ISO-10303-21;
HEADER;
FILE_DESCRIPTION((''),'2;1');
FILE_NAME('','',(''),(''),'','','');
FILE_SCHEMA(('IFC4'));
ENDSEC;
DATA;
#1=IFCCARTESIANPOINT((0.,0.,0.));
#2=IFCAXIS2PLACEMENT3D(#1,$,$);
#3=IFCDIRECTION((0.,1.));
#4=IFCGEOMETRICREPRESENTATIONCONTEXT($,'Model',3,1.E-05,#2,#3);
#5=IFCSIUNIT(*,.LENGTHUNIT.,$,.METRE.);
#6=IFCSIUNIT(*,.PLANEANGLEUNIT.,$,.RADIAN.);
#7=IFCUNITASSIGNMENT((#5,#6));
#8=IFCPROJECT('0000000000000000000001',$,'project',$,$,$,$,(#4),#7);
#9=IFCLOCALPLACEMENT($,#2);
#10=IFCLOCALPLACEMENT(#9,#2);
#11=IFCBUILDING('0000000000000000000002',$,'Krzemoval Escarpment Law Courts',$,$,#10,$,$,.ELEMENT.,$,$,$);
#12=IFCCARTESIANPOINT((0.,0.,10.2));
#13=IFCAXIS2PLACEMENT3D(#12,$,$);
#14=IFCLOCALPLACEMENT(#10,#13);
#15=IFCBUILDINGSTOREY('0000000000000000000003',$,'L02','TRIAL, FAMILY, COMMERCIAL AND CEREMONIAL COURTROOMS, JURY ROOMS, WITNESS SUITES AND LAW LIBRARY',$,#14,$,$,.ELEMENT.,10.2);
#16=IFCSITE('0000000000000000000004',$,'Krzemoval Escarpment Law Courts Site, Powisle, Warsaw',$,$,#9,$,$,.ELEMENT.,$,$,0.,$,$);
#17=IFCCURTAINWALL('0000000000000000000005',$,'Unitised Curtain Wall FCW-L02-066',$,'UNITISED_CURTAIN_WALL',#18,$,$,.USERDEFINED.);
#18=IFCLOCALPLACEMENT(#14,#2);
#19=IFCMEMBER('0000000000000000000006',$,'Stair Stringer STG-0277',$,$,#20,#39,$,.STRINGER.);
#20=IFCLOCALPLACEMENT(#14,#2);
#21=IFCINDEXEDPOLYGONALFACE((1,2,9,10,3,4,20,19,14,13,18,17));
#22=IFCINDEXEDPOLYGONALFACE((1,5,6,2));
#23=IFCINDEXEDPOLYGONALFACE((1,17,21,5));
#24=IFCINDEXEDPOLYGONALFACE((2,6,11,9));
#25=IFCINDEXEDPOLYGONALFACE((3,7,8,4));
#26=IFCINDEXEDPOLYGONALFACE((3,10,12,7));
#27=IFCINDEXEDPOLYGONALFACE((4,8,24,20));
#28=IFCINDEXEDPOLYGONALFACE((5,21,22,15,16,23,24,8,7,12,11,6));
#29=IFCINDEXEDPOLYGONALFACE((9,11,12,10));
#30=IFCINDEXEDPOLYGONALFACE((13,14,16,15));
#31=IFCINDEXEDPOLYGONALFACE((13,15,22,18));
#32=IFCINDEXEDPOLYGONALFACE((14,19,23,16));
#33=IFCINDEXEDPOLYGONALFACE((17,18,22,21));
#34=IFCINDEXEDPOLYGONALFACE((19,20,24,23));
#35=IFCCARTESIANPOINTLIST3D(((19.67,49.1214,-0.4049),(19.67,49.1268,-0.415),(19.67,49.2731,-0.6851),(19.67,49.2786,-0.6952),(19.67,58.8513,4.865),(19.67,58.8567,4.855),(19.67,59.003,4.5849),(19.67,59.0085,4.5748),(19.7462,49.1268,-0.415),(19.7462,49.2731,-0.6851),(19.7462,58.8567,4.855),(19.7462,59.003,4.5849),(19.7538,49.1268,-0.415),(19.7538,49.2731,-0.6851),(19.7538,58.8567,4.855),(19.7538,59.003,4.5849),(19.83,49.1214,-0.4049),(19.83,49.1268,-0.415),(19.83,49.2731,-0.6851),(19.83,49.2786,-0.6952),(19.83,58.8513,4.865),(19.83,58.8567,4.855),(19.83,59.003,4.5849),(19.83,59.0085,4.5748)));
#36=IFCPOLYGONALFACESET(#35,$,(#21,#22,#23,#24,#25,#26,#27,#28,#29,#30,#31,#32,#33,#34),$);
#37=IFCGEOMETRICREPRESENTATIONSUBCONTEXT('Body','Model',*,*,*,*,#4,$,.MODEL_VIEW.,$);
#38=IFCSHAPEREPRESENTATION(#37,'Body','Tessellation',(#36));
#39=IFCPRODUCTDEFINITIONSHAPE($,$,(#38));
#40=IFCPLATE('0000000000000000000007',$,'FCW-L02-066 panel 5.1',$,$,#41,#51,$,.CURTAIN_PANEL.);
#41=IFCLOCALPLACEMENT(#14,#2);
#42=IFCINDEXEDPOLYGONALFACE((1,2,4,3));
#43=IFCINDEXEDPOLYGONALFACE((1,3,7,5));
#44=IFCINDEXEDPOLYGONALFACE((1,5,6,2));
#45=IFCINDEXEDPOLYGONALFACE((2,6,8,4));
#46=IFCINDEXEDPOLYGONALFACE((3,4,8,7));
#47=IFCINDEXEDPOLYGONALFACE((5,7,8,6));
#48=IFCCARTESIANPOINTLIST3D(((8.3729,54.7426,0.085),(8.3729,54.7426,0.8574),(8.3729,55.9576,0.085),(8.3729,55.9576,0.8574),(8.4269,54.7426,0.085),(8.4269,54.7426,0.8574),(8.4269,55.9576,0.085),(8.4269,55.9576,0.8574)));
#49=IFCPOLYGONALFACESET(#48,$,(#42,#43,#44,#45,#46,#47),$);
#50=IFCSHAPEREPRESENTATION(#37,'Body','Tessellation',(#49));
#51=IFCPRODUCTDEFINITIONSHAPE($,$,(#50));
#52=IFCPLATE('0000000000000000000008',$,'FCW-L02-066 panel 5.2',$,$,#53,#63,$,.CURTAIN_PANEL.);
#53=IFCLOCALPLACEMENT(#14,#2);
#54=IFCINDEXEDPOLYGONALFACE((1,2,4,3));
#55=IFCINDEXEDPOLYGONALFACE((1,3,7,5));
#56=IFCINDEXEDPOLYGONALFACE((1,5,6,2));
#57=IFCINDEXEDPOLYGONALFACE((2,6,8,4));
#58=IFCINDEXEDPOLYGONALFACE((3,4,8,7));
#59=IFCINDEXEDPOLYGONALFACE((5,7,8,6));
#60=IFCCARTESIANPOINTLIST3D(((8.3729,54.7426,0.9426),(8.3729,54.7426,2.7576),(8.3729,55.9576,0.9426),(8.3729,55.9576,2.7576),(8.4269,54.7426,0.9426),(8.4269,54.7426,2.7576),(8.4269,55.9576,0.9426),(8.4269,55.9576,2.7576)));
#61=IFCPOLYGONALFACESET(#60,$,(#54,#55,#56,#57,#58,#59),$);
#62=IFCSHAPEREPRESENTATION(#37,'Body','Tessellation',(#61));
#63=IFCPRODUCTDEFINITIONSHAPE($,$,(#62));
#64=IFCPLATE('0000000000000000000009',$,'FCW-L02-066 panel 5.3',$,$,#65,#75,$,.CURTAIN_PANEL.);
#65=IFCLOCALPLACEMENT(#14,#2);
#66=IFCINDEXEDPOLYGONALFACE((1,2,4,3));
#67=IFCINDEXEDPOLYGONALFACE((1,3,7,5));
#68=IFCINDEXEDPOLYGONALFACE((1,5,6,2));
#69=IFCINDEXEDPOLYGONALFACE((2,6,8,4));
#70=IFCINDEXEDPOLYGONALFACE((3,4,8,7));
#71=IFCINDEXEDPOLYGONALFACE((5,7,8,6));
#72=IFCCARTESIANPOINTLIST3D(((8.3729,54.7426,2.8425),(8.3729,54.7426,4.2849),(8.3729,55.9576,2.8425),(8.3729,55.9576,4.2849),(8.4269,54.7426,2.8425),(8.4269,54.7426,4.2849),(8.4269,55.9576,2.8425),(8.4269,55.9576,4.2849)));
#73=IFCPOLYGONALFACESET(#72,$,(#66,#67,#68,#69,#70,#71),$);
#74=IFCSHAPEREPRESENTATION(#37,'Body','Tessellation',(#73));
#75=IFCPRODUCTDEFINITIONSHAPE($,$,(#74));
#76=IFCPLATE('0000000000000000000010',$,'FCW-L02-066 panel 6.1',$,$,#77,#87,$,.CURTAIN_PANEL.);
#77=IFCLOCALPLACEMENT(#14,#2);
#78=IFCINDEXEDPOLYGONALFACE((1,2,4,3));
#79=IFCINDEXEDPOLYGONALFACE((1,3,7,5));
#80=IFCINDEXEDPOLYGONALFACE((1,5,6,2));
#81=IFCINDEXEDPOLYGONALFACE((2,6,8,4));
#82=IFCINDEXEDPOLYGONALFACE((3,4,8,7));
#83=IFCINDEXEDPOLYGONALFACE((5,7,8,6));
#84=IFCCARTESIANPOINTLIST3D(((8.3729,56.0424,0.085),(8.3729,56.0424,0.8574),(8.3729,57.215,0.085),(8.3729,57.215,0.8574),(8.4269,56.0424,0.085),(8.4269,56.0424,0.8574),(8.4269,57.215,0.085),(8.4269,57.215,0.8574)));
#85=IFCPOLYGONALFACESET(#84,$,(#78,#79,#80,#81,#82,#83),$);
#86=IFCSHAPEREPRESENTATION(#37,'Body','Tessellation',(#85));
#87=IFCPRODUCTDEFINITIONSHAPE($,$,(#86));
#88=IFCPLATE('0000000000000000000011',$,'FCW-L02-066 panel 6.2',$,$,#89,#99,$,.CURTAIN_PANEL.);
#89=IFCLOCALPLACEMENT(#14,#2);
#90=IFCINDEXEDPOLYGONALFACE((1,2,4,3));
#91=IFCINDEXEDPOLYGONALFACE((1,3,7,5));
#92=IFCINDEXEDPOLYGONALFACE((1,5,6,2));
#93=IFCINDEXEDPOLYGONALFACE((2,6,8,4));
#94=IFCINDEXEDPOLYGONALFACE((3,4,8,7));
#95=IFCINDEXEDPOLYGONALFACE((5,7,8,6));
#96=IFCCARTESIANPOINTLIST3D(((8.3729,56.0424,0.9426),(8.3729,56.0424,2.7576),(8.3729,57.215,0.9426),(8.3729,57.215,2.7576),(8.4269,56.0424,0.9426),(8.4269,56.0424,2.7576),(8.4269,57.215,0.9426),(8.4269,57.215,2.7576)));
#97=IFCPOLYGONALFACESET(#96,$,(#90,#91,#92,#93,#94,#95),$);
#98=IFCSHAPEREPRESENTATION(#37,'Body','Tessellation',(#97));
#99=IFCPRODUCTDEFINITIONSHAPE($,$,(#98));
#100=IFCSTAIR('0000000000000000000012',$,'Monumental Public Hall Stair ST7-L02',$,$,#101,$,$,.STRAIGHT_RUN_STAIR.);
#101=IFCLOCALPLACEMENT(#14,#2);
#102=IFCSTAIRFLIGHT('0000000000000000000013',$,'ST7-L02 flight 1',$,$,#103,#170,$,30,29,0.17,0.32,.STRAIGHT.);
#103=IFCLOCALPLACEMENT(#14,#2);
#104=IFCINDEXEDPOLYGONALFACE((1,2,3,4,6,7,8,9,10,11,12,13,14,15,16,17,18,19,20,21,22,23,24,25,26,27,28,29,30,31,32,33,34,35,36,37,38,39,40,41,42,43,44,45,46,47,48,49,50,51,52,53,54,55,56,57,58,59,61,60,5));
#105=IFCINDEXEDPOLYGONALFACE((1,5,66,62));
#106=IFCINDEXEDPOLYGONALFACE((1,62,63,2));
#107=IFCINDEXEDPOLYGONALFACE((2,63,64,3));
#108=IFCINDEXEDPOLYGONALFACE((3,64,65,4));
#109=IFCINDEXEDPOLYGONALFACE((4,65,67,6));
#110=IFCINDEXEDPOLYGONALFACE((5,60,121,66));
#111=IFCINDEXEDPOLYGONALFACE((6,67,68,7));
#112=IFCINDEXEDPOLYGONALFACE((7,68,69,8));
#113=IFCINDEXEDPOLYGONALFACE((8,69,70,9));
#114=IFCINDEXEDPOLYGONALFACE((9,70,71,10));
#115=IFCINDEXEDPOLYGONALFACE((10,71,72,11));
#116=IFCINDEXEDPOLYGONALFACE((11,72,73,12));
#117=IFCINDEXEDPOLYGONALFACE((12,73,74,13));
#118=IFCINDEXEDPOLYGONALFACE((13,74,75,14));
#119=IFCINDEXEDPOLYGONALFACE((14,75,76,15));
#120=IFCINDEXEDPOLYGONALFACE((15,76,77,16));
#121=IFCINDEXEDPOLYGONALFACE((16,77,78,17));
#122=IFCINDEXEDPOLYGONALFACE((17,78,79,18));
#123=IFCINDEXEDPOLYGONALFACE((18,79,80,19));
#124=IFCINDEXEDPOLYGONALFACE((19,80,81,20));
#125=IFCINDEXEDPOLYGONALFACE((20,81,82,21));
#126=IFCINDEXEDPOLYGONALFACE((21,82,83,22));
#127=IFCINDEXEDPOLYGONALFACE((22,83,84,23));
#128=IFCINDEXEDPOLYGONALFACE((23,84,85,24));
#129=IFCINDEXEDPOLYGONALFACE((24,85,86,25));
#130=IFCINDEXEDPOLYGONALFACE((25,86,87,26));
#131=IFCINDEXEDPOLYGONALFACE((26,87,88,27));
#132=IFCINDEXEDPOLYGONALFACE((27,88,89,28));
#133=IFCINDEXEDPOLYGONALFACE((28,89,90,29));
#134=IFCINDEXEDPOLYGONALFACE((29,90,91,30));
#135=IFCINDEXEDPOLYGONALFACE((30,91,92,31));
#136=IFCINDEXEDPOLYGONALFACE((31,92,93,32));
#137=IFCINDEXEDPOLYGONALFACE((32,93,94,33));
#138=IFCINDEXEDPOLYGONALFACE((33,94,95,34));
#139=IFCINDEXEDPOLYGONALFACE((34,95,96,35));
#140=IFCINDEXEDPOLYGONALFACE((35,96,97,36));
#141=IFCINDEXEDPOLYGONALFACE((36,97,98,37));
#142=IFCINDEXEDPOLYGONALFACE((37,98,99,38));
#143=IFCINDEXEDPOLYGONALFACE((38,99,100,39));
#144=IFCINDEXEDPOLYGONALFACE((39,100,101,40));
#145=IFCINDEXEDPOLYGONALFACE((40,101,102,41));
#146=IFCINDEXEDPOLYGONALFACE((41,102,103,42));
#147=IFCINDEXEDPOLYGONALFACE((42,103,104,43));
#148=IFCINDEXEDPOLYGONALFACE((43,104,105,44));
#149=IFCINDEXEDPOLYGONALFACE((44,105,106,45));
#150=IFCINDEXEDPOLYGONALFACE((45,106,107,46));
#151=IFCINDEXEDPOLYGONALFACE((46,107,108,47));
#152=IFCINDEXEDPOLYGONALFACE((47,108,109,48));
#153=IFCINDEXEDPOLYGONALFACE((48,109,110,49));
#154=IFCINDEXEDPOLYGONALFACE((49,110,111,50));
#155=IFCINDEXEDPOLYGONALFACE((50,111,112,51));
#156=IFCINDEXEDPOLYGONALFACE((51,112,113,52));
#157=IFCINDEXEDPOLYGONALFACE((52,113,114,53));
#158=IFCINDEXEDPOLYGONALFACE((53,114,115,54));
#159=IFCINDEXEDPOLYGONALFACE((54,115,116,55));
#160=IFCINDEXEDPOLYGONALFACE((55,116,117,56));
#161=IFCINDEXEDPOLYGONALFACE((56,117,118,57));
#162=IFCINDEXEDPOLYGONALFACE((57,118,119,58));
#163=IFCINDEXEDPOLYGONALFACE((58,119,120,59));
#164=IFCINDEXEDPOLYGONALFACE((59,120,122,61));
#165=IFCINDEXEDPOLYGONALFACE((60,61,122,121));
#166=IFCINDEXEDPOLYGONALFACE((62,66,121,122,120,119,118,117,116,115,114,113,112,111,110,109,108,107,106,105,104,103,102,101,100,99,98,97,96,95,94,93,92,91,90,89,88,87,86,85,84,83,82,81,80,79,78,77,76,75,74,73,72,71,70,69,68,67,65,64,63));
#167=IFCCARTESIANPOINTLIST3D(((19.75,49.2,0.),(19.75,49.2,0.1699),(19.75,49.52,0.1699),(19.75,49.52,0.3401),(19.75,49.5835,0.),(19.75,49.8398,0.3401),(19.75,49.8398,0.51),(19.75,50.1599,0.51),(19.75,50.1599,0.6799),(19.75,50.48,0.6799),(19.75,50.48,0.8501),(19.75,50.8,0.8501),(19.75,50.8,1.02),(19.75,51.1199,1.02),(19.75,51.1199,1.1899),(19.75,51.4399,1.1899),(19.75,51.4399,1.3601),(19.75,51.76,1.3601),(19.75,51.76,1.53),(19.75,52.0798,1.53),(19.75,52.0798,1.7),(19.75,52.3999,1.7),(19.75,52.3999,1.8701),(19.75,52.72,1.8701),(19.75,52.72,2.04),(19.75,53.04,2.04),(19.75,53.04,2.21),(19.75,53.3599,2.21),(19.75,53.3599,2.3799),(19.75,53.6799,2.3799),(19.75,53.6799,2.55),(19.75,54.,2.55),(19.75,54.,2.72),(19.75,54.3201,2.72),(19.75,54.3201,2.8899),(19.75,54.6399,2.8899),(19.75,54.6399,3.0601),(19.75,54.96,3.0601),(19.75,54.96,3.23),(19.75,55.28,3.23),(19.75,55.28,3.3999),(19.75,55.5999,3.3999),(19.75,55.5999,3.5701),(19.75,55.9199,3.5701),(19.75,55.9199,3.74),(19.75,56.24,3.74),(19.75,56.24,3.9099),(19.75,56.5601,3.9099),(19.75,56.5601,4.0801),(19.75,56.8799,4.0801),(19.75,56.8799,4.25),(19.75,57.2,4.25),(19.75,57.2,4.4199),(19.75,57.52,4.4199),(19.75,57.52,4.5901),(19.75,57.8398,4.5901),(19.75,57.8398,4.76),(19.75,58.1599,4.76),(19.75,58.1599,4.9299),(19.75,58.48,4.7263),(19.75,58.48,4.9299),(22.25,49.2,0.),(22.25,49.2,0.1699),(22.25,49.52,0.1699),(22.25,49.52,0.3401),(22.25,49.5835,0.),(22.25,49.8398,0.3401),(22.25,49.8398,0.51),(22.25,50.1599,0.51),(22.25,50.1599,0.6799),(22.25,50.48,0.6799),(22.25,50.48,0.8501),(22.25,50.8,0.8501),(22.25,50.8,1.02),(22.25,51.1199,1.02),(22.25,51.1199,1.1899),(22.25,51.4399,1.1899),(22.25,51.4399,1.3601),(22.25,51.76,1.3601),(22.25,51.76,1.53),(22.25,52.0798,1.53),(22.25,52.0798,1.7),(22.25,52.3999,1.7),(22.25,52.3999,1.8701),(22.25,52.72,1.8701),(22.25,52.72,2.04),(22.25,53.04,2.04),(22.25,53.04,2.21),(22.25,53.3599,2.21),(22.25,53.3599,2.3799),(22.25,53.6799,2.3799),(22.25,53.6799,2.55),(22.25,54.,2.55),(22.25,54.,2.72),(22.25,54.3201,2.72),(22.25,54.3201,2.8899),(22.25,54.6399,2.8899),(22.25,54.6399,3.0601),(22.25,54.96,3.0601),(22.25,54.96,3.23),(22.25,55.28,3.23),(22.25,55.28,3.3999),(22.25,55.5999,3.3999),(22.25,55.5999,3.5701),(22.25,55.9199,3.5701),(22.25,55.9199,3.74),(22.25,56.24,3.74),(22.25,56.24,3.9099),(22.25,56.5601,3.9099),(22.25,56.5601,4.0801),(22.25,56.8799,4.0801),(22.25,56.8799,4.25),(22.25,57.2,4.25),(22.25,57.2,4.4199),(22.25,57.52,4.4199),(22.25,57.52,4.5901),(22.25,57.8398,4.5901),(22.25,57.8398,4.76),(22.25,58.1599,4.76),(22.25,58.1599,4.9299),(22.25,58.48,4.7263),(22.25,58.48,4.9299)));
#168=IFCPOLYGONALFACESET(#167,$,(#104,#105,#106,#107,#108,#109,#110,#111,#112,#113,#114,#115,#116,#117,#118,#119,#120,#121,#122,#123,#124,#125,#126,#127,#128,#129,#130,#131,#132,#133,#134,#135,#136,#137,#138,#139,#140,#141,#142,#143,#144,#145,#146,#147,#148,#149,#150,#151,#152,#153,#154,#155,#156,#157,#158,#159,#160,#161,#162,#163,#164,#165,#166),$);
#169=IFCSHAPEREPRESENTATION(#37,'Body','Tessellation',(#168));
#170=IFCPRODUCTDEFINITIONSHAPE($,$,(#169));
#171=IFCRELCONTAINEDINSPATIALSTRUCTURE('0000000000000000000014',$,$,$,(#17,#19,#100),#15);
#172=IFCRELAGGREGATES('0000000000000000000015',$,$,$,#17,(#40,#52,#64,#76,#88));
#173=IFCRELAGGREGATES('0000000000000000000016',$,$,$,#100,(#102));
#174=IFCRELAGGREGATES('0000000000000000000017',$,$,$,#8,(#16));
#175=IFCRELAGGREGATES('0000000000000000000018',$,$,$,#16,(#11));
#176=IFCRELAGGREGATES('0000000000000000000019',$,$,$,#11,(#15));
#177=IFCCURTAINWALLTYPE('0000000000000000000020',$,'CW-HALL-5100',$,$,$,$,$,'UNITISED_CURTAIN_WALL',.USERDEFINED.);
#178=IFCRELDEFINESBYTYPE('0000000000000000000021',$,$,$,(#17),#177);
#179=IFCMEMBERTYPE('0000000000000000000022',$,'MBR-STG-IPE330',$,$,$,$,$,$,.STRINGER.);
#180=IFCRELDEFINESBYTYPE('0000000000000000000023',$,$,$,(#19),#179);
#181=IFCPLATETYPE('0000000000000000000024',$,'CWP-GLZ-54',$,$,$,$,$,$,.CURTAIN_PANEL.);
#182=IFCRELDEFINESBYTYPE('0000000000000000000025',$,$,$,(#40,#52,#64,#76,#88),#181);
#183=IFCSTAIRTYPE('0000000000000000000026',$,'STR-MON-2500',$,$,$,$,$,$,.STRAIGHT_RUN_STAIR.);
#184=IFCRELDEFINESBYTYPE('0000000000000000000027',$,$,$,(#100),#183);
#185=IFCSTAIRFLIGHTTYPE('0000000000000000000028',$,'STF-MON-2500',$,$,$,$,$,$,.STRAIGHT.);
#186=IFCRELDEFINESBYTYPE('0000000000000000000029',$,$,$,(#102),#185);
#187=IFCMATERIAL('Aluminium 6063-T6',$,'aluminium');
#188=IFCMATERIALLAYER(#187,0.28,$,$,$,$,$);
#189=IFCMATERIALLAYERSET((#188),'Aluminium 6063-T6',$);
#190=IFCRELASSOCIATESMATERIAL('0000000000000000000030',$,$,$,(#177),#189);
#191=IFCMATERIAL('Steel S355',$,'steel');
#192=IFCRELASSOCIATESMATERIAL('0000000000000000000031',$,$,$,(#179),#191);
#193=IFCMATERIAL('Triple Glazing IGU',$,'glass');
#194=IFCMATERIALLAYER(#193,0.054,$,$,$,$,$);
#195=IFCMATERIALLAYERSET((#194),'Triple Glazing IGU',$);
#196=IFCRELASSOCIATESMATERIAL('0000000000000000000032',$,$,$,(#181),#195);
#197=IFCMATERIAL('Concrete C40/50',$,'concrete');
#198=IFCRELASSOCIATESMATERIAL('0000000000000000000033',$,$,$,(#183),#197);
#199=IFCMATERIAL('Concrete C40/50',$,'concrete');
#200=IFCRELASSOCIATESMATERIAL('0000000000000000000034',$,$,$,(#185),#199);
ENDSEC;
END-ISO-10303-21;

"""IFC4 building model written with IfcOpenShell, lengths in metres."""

from ifc_helpers import new_model, si_unit, direction, frame, origin, origin_2d, place, context, subcontext, project, spatial, polyline, rectangle, i_section, outline, extrude, material, layer, layer_set, material_profile, profile_set, type_object, element, aggregate, save


model = new_model("IFC4")

# Units and contexts
model_context = context("Model", 3, precision=1e-05, world=origin(), true_north=direction((0.0, 1.0)))
body_context = subcontext(model_context, "Body", "Model", "MODEL_VIEW")
ifc_project = project(units=[si_unit("LENGTHUNIT", "METRE"), si_unit("PLANEANGLEUNIT", "RADIAN")], contexts=[model_context])

# Site, building, storey
site_placement = place(None, origin())
site = spatial("IfcSite", under=ifc_project, at=site_placement, Name="Krzemoval Escarpment Law Courts Site, Powisle, Warsaw", CompositionType="ELEMENT", RefElevation=0.0)
building_placement = place(site_placement, origin())
building = spatial("IfcBuilding", under=site, at=building_placement, Name="Krzemoval Escarpment Law Courts", CompositionType="ELEMENT")
storey_placement = place(building_placement, frame((0.0, 0.0, 10.2)))
storey = spatial("IfcBuildingStorey", under=building, at=storey_placement, Name="L02", Description="TRIAL, FAMILY, COMMERCIAL AND CEREMONIAL COURTROOMS, JURY ROOMS, WITNESS SUITES AND LAW LIBRARY", CompositionType="ELEMENT", Elevation=10.2)

# Curtain wall
ifc_material_1 = material(Name="Aluminium 6063-T6", Category="aluminium")
ifc_layer_1 = layer(ifc_material_1, 0.28)
ifc_layer_set_1 = layer_set([ifc_layer_1], Name="Aluminium 6063-T6")
curtain_wall_type = type_object("IfcCurtainWallType", Name="CW-HALL-5100", ElementType="UNITISED_CURTAIN_WALL", PredefinedType="USERDEFINED", material=ifc_layer_set_1)
curtain_wall_placement = place(storey_placement, origin())
curtain_wall = element("IfcCurtainWall", 1, at=curtain_wall_placement, inside=storey, type_object=curtain_wall_type, Name="Unitised Curtain Wall FCW-L02-066", ObjectType="UNITISED_CURTAIN_WALL", PredefinedType="USERDEFINED")

# Member
ifc_material_2 = material(Name="Steel S355", Category="steel")
ifc_material_profile_1 = material_profile(ifc_material_2, i_section(OverallWidth=0.1599, OverallDepth=0.3301, WebThickness=0.0076, FlangeThickness=0.0115, at=origin_2d()), Name="IPE 330")
ifc_profile_set_1 = profile_set([ifc_material_profile_1], Name="Steel S355")
member_type_1 = type_object("IfcMemberType", Name="MBR-STG-IPE330", PredefinedType="STRINGER", material=ifc_profile_set_1)
member_1_placement = place(storey_placement, frame((19.75, 49.2, -0.55), z_axis=(0.0, 0.879307, 0.476256), x_axis=(-1.0, 0.0, 0.0)))
element("IfcMember", 2, at=member_1_placement, inside=storey, type_object=member_type_1, Name="Stair Stringer STG-0277", PredefinedType="STRINGER", context=body_context, shape_type="SweptSolid", body=[
    extrude(i_section(OverallWidth=0.1599, OverallDepth=0.3301, WebThickness=0.0076, FlangeThickness=0.0115, at=origin_2d()), origin(), (0.0, 0.0, 1.0), 11.0654),
])

# Plates
ifc_material_3 = material(Name="Triple Glazing IGU", Category="glass")
ifc_layer_2 = layer(ifc_material_3, 0.054)
ifc_layer_set_2 = layer_set([ifc_layer_2], Name="Triple Glazing IGU")
plate_type = type_object("IfcPlateType", Name="CWP-GLZ-54", PredefinedType="CURTAIN_PANEL", material=ifc_layer_set_2)
plate_1_placement = place(storey_placement, frame((8.3999, 55.3501, 0.085), z_axis=(0.0, 0.0, 1.0), x_axis=(0.0, 1.0, 0.0)))
plate_1 = element("IfcPlate", 3, at=plate_1_placement, type_object=plate_type, Name="FCW-L02-066 panel 5.1", PredefinedType="CURTAIN_PANEL", context=body_context, shape_type="SweptSolid", body=[
    extrude(rectangle(XDim=1.2151, YDim=0.054, at=origin_2d()), origin(), (0.0, 0.0, 1.0), 0.7725),
])
plate_2_placement = place(storey_placement, frame((8.3999, 55.3501, 0.9426), z_axis=(0.0, 0.0, 1.0), x_axis=(0.0, 1.0, 0.0)))
plate_2 = element("IfcPlate", 4, at=plate_2_placement, type_object=plate_type, Name="FCW-L02-066 panel 5.2", PredefinedType="CURTAIN_PANEL", context=body_context, shape_type="SweptSolid", body=[
    extrude(rectangle(XDim=1.2151, YDim=0.054, at=origin_2d()), origin(), (0.0, 0.0, 1.0), 1.8149),
])
plate_3_placement = place(storey_placement, frame((8.3999, 55.3501, 2.8425), z_axis=(0.0, 0.0, 1.0), x_axis=(0.0, 1.0, 0.0)))
plate_3 = element("IfcPlate", 5, at=plate_3_placement, type_object=plate_type, Name="FCW-L02-066 panel 5.3", PredefinedType="CURTAIN_PANEL", context=body_context, shape_type="SweptSolid", body=[
    extrude(rectangle(XDim=1.2151, YDim=0.054, at=origin_2d()), origin(), (0.0, 0.0, 1.0), 1.4424),
])
plate_4_placement = place(storey_placement, frame((8.3999, 56.6287, 0.085), z_axis=(0.0, 0.0, 1.0), x_axis=(0.0, 1.0, 0.0)))
plate_4 = element("IfcPlate", 6, at=plate_4_placement, type_object=plate_type, Name="FCW-L02-066 panel 6.1", PredefinedType="CURTAIN_PANEL", context=body_context, shape_type="SweptSolid", body=[
    extrude(rectangle(XDim=1.1726, YDim=0.054, at=origin_2d()), origin(), (0.0, 0.0, 1.0), 0.7725),
])
plate_5_placement = place(storey_placement, frame((8.3999, 56.6287, 0.9426), z_axis=(0.0, 0.0, 1.0), x_axis=(0.0, 1.0, 0.0)))
plate_5 = element("IfcPlate", 7, at=plate_5_placement, type_object=plate_type, Name="FCW-L02-066 panel 6.2", PredefinedType="CURTAIN_PANEL", context=body_context, shape_type="SweptSolid", body=[
    extrude(rectangle(XDim=1.1726, YDim=0.054, at=origin_2d()), origin(), (0.0, 0.0, 1.0), 1.8149),
])
aggregate(curtain_wall, [plate_1, plate_2, plate_3, plate_4, plate_5])

# Stair, stair flight
ifc_material_4 = material(Name="Concrete C40/50", Category="concrete")
stair_type = type_object("IfcStairType", Name="STR-MON-2500", PredefinedType="STRAIGHT_RUN_STAIR", material=ifc_material_4)
stair_placement = place(storey_placement, origin())
stair = element("IfcStair", 8, at=stair_placement, inside=storey, type_object=stair_type, Name="Monumental Public Hall Stair ST7-L02", PredefinedType="STRAIGHT_RUN_STAIR")
ifc_material_5 = material(Name="Concrete C40/50", Category="concrete")
stair_flight_type = type_object("IfcStairFlightType", Name="STF-MON-2500", PredefinedType="STRAIGHT", material=ifc_material_5)
stair_flight_placement = place(storey_placement, frame((21.0, 49.2, 0.0), z_axis=(0.0, 0.0, 1.0), x_axis=(0.0, 1.0, 0.0)))
stair_flight = element("IfcStairFlight", 9, at=stair_flight_placement, type_object=stair_flight_type, Name="ST7-L02 flight 1", NumberOfRisers=30, NumberOfTreads=29, PredefinedType="STRAIGHT", RiserHeight=0.17, TreadLength=0.32, context=body_context, shape_type="SweptSolid", body=[
    extrude(outline(polyline([(0.0, 0.0), (0.0, 0.1699), (0.3201, 0.1699), (0.3201, 0.3401), (0.6399, 0.3401), (0.6399, 0.51), (0.96, 0.51), (0.96, 0.6799), (1.28, 0.6799), (1.28, 0.8501), (1.6001, 0.8501), (1.6001, 1.02), (1.9199, 1.02), (1.9199, 1.1899), (2.24, 1.1899), (2.24, 1.3601), (2.5601, 1.3601), (2.5601, 1.53), (2.8799, 1.53), (2.8799, 1.7), (3.2, 1.7), (3.2, 1.8701), (3.52, 1.8701), (3.52, 2.04), (3.8401, 2.04), (3.8401, 2.21), (4.1599, 2.21), (4.1599, 2.3799), (4.48, 2.3799), (4.48, 2.55), (4.8, 2.55), (4.8, 2.72), (5.1201, 2.72), (5.1201, 2.8899), (5.4399, 2.8899), (5.4399, 3.0601), (5.76, 3.0601), (5.76, 3.23), (6.0801, 3.23), (6.0801, 3.3999), (6.3999, 3.3999), (6.3999, 3.5701), (6.72, 3.5701), (6.72, 3.74), (7.04, 3.74), (7.04, 3.9099), (7.3601, 3.9099), (7.3601, 4.0801), (7.6799, 4.0801), (7.6799, 4.25), (8.0, 4.25), (8.0, 4.4199), (8.3201, 4.4199), (8.3201, 4.5901), (8.6399, 4.5901), (8.6399, 4.76), (8.96, 4.76), (8.96, 4.9299), (9.28, 4.9299), (9.28, 5.1001), (9.28, 4.7263), (0.3835, 0.0), (0.0, 0.0)])), frame((0.0, 1.25, 0.0), z_axis=(0.0, -1.0, 0.0), x_axis=(1.0, 0.0, 0.0)), (0.0, 0.0, 1.0), 2.5),
])
aggregate(stair, [stair_flight])

save(model, "model.ifc")
